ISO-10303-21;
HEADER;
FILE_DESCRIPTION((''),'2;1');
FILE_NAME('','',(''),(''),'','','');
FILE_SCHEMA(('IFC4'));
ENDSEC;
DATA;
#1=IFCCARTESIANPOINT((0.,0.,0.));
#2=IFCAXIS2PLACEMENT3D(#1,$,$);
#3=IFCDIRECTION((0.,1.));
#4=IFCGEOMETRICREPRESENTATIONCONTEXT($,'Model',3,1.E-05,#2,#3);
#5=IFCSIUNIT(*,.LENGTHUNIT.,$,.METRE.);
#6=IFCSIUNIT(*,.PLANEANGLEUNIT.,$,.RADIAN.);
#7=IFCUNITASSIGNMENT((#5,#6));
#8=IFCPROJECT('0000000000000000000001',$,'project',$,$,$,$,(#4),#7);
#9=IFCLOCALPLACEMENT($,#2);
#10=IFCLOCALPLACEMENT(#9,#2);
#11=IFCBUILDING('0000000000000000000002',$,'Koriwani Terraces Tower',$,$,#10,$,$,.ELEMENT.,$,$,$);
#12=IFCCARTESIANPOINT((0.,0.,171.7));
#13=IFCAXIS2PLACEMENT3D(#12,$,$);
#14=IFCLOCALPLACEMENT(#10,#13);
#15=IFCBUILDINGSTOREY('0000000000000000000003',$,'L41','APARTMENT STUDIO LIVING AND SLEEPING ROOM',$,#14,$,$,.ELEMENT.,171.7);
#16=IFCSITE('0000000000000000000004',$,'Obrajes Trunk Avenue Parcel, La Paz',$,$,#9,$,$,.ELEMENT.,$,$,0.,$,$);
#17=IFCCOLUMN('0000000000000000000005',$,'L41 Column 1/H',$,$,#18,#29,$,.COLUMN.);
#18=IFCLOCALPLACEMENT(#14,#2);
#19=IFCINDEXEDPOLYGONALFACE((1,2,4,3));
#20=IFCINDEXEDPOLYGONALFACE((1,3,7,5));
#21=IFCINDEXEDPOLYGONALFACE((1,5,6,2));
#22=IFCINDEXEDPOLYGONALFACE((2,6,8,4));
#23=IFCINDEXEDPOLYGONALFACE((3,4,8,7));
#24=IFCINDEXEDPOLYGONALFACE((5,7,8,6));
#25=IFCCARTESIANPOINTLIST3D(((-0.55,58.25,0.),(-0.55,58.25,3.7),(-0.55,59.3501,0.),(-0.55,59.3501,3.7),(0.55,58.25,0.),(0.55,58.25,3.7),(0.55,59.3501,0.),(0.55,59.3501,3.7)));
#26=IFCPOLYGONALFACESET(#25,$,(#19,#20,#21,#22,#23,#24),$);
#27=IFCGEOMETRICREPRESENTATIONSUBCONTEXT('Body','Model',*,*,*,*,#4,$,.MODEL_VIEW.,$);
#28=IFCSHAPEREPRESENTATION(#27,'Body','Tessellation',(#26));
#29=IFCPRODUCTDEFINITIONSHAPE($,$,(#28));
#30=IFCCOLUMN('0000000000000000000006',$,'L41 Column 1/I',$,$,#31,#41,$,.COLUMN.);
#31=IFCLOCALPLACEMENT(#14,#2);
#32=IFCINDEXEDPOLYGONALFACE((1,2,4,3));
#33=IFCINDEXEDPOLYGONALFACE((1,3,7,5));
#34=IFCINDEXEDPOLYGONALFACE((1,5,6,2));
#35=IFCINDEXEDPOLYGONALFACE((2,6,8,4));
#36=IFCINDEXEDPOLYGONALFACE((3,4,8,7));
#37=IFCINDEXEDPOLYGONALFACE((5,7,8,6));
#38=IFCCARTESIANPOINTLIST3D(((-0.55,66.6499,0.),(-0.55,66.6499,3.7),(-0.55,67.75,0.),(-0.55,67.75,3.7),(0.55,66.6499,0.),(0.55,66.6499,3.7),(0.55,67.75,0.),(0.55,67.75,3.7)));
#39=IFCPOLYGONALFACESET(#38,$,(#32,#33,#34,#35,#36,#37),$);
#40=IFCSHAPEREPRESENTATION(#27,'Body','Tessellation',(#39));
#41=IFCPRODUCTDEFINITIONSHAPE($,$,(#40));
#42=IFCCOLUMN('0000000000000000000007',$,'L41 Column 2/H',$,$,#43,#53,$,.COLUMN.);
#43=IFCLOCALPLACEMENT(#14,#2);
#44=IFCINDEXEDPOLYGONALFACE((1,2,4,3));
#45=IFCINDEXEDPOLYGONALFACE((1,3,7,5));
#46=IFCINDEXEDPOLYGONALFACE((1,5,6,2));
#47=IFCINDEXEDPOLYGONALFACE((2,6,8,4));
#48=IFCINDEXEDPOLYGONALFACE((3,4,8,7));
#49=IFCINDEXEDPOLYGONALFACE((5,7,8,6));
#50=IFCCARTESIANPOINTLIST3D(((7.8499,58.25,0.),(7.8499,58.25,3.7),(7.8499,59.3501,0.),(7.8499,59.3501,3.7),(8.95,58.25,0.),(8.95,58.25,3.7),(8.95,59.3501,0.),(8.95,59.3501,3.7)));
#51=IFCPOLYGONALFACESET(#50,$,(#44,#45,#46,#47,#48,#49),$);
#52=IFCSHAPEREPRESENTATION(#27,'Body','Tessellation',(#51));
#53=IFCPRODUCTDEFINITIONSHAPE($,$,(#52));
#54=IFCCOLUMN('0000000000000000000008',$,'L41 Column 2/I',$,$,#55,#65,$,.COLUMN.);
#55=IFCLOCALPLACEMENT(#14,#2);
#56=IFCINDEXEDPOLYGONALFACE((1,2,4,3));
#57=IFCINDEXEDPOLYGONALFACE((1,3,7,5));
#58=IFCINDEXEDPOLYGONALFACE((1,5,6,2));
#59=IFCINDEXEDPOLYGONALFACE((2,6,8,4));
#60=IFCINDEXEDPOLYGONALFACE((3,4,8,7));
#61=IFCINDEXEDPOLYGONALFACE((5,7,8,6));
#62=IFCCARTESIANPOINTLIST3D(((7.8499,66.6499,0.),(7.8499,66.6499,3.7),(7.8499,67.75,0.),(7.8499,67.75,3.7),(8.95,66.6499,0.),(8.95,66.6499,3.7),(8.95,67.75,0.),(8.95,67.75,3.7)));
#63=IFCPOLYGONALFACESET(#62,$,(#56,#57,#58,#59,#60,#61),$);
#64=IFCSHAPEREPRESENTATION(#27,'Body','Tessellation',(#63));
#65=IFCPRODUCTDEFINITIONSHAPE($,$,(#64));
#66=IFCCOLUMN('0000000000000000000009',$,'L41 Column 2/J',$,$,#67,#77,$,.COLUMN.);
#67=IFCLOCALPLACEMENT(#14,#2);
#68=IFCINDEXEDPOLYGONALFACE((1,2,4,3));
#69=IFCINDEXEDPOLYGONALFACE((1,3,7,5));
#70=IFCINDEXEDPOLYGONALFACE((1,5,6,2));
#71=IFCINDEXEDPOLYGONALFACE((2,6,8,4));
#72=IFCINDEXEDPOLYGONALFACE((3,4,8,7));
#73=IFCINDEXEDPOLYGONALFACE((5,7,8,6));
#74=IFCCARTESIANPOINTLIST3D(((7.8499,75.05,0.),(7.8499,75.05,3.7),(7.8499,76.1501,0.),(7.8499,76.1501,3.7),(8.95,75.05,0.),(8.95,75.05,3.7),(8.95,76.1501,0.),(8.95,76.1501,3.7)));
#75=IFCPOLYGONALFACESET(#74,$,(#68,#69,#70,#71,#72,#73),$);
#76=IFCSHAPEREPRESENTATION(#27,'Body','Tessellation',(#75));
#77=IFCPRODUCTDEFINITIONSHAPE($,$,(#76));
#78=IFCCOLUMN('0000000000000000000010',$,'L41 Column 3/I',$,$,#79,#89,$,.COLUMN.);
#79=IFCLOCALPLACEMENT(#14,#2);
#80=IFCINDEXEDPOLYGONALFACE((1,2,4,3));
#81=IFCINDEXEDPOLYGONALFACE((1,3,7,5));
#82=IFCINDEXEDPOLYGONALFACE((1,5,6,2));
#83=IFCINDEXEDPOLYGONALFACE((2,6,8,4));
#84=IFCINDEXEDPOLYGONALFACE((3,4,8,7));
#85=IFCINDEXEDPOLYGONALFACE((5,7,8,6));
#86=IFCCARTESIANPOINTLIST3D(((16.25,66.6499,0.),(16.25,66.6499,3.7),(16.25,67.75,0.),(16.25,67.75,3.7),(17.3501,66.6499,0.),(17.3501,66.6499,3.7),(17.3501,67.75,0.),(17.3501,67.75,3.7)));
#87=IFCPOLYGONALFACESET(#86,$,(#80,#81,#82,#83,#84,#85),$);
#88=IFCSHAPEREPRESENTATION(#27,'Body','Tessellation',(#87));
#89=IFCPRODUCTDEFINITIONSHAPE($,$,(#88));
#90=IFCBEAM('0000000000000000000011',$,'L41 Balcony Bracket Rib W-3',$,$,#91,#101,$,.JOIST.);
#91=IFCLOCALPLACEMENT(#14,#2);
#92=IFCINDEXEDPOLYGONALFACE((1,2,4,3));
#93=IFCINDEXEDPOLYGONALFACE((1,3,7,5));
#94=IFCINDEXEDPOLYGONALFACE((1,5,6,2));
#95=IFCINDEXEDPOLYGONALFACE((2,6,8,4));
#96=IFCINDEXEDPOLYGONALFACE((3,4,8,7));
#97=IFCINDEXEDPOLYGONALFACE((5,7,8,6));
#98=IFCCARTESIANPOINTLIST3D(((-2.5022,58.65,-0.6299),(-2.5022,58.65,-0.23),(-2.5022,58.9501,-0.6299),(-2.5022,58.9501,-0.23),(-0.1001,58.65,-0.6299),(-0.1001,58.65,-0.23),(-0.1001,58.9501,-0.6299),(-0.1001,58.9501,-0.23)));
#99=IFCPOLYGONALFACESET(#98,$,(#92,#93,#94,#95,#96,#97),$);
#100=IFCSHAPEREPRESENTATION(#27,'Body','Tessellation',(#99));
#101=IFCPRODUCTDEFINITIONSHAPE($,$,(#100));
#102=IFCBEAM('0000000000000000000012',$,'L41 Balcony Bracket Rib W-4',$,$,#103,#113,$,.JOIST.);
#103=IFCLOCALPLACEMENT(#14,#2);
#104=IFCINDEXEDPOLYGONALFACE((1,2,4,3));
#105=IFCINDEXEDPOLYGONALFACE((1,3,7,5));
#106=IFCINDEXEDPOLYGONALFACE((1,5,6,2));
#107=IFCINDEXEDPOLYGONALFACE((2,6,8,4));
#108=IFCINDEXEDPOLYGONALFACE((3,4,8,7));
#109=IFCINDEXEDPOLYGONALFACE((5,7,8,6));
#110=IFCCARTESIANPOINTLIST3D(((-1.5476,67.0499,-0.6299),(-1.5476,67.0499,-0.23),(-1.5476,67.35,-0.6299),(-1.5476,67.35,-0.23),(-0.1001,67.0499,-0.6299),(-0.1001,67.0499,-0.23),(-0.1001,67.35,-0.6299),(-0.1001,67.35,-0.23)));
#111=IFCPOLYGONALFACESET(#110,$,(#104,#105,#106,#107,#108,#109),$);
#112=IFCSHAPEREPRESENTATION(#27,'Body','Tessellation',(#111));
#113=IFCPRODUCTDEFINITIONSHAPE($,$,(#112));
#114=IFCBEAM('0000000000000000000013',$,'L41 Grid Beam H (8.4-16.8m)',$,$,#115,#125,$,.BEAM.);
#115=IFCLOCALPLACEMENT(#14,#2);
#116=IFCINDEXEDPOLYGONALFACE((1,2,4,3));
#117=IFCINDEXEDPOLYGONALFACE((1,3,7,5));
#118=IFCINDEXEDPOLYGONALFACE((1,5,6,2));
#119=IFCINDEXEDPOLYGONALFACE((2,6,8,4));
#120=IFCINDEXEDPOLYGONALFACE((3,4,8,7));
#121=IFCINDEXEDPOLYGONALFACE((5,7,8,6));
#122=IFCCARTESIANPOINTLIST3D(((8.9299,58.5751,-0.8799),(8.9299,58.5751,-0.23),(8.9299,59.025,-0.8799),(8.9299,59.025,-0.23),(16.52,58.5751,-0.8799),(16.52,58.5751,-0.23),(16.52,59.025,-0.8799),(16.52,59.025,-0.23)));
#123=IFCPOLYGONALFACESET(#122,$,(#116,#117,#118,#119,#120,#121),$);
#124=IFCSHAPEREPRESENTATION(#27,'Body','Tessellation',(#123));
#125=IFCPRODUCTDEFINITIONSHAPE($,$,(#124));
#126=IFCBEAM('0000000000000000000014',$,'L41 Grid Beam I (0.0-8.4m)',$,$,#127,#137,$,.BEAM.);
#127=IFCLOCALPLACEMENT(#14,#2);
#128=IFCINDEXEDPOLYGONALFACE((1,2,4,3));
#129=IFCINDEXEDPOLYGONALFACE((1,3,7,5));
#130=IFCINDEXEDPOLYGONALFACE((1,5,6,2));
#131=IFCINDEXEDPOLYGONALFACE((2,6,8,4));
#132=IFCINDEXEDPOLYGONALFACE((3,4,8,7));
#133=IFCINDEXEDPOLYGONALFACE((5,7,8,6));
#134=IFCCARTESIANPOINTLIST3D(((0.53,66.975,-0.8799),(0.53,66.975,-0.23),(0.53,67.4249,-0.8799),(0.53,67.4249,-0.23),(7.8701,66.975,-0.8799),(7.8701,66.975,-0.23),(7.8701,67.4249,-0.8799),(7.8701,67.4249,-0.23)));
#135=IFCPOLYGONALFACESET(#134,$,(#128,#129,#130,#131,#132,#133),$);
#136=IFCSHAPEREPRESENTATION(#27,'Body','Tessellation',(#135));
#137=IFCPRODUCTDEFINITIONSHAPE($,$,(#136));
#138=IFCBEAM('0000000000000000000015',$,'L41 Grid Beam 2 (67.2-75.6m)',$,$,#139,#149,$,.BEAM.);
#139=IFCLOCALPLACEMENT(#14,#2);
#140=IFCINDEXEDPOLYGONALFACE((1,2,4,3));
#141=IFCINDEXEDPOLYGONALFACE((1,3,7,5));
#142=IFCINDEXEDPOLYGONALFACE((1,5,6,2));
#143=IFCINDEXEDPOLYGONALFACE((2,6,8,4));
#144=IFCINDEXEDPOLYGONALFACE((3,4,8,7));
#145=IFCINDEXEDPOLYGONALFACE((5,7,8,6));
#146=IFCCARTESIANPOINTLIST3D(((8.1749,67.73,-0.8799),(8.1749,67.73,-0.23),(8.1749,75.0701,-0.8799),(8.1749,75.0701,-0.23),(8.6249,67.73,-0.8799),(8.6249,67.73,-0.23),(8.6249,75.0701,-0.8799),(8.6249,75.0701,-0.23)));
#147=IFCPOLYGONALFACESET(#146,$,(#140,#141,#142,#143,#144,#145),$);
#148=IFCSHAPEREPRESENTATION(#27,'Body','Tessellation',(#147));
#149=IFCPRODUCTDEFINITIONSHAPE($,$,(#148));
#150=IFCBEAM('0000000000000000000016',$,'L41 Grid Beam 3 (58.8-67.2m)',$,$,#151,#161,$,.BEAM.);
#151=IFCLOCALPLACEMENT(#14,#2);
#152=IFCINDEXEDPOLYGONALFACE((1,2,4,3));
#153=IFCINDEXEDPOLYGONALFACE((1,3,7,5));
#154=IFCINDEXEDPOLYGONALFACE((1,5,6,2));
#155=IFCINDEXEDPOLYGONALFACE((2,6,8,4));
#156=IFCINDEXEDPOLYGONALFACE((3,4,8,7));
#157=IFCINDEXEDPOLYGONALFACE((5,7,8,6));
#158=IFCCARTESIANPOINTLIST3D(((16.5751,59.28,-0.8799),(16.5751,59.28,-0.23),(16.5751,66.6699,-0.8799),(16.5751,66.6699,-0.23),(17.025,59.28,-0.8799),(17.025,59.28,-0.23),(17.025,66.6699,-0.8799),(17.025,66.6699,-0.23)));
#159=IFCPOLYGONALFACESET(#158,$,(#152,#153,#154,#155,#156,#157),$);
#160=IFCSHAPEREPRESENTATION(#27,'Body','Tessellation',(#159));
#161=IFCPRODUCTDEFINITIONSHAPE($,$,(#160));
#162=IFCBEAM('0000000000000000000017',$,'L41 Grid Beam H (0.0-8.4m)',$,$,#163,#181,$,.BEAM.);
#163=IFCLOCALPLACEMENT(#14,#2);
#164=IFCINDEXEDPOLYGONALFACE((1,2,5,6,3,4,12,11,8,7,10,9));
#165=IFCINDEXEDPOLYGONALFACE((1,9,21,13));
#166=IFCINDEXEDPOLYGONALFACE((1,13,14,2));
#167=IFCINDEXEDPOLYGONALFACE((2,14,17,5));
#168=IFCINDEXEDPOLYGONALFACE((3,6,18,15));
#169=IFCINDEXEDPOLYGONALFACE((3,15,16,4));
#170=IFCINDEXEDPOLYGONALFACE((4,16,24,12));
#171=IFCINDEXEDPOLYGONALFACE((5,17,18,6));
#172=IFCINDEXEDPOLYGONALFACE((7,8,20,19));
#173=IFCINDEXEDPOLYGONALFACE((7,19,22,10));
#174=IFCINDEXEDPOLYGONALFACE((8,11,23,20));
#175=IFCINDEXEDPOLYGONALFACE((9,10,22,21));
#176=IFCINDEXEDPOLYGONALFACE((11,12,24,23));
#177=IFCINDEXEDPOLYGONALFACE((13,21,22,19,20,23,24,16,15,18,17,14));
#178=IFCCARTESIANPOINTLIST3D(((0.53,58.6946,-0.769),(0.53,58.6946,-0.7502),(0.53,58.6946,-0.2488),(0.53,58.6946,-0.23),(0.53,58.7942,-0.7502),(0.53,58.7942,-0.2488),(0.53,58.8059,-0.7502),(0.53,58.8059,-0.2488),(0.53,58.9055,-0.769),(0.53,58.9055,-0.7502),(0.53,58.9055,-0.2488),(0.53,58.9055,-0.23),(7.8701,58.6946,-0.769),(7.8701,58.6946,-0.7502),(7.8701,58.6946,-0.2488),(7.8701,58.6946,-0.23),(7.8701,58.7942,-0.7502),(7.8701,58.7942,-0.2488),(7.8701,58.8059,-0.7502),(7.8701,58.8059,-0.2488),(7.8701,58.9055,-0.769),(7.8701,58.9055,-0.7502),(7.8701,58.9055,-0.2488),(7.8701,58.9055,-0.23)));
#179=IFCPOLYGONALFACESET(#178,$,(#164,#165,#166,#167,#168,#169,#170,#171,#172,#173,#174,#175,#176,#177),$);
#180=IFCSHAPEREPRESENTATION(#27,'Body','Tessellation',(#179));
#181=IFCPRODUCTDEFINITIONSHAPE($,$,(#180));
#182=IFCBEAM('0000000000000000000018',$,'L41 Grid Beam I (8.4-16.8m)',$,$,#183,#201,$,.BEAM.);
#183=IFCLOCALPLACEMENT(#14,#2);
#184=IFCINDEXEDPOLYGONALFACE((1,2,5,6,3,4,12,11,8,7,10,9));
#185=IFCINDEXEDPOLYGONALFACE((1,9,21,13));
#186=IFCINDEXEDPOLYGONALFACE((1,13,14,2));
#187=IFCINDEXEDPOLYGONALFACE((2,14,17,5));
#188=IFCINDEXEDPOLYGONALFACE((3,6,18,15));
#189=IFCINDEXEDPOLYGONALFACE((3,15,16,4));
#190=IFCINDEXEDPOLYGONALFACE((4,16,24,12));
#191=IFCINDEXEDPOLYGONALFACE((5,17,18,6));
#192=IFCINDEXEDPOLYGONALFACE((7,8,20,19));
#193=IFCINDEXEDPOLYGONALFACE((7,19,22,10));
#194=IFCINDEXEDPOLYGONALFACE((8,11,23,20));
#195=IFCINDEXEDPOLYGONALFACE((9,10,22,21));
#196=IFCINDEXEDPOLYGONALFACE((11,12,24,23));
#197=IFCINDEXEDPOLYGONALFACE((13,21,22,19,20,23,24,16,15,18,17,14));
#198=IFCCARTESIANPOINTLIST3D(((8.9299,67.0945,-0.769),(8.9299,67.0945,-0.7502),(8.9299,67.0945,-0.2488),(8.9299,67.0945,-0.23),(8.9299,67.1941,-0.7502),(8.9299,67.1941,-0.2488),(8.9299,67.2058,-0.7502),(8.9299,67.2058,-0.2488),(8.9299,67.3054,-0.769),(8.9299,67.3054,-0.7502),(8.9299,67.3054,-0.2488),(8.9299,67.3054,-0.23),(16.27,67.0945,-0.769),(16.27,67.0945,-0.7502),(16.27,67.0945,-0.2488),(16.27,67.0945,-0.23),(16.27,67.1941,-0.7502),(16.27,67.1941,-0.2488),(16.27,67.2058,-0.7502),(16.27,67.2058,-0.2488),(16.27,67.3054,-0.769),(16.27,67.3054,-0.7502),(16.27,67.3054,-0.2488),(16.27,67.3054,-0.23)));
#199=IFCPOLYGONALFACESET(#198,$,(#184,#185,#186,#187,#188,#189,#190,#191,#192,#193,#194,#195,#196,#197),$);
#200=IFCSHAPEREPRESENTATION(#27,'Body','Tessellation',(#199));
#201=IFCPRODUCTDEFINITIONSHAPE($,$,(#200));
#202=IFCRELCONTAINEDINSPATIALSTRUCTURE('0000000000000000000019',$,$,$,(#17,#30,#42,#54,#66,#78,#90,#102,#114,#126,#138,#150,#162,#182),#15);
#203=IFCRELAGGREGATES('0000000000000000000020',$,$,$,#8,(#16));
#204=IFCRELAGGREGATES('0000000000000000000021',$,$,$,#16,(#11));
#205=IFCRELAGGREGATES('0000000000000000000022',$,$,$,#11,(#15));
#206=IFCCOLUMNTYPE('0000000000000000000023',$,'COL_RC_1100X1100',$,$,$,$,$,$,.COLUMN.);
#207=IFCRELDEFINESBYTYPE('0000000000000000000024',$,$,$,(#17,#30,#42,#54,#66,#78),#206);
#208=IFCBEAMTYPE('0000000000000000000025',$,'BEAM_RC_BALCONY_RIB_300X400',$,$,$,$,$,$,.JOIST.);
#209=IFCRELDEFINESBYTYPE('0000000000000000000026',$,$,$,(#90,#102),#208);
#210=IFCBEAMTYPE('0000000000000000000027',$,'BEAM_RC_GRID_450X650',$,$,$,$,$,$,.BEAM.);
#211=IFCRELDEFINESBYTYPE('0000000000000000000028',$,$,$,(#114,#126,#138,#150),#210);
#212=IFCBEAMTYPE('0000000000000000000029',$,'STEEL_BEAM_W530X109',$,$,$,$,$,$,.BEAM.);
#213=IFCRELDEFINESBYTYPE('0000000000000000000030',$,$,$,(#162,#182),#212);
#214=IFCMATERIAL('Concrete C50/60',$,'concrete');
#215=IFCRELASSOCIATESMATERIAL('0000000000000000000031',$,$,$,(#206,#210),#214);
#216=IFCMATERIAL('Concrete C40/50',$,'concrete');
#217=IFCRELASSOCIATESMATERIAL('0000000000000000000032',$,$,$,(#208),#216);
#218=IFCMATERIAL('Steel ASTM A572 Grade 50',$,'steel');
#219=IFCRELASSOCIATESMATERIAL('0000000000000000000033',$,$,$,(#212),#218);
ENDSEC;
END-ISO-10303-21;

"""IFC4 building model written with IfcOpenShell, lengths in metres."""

from ifc_helpers import new_model, si_unit, direction, frame, origin, origin_2d, place, context, subcontext, project, spatial, rectangle, i_section, extrude, material, material_profile, profile_set, type_object, element, save


model = new_model("IFC4")

# Units and contexts
model_context = context("Model", 3, precision=1e-05, world=origin(), true_north=direction((0.0, 1.0)))
body_context = subcontext(model_context, "Body", "Model", "MODEL_VIEW")
ifc_project = project(units=[si_unit("LENGTHUNIT", "METRE"), si_unit("PLANEANGLEUNIT", "RADIAN")], contexts=[model_context])

# Site, building, storey
site_placement = place(None, origin())
site = spatial("IfcSite", under=ifc_project, at=site_placement, Name="Obrajes Trunk Avenue Parcel, La Paz", CompositionType="ELEMENT", RefElevation=0.0)
building_placement = place(site_placement, origin())
building = spatial("IfcBuilding", under=site, at=building_placement, Name="Koriwani Terraces Tower", CompositionType="ELEMENT")
storey_placement = place(building_placement, frame((0.0, 0.0, 171.7)))
storey = spatial("IfcBuildingStorey", under=building, at=storey_placement, Name="L41", Description="APARTMENT STUDIO LIVING AND SLEEPING ROOM", CompositionType="ELEMENT", Elevation=171.7)

# Columns
ifc_material_1 = material(Name="Concrete C50/60", Category="concrete")
ifc_material_profile_1 = material_profile(ifc_material_1, rectangle(XDim=1.1001, YDim=1.1001, at=origin_2d()), Name="Concrete C50/60", Category="LoadBearing")
ifc_profile_set_1 = profile_set([ifc_material_profile_1], Name="Concrete C50/60")
column_type = type_object("IfcColumnType", Name="COL_RC_1100X1100", PredefinedType="COLUMN", material=ifc_profile_set_1)
for number, where, z_axis, x_axis, name in (
    (1, (0.0, 58.8, 0.0), (0.0, 0.0, 1.0), (1.0, 0.0, 0.0), "L41 Column 1/H"),
    (2, (0.0, 67.2, 0.0), (0.0, 0.0, 1.0), (1.0, 0.0, 0.0), "L41 Column 1/I"),
    (3, (8.3999, 58.8, 0.0), (0.0, 0.0, 1.0), (1.0, 0.0, 0.0), "L41 Column 2/H"),
    (4, (8.3999, 67.2, 0.0), (0.0, 0.0, 1.0), (1.0, 0.0, 0.0), "L41 Column 2/I"),
    (5, (8.3999, 75.6001, 0.0), (0.0, 0.0, 1.0), (1.0, 0.0, 0.0), "L41 Column 2/J"),
    (6, (16.8, 67.2, 0.0), (0.0, 0.0, 1.0), (1.0, 0.0, 0.0), "L41 Column 3/I"),
):
    element("IfcColumn", number, at=place(storey_placement, frame(where, z_axis=z_axis, x_axis=x_axis)), inside=storey, type_object=column_type, Name=name, PredefinedType="COLUMN", context=body_context, shape_type="SweptSolid", body=[
        extrude(rectangle(XDim=1.1001, YDim=1.1001, at=origin_2d()), origin(), (0.0, 0.0, 1.0), 3.7),
    ])

# Beams
ifc_material_2 = material(Name="Concrete C40/50", Category="concrete")
ifc_material_profile_2 = material_profile(ifc_material_2, rectangle(XDim=0.3, YDim=0.3999, at=origin_2d()), Name="Concrete C40/50", Category="LoadBearing")
ifc_profile_set_2 = profile_set([ifc_material_profile_2], Name="Concrete C40/50")
beam_type_1 = type_object("IfcBeamType", Name="BEAM_RC_BALCONY_RIB_300X400", PredefinedType="JOIST", material=ifc_profile_set_2)
beam_1_placement = place(storey_placement, frame((-2.5022, 58.8, -0.4299), z_axis=(1.0, 0.0, 0.0), x_axis=(0.0, 1.0, 0.0)))
element("IfcBeam", 7, at=beam_1_placement, inside=storey, type_object=beam_type_1, Name="L41 Balcony Bracket Rib W-3", PredefinedType="JOIST", context=body_context, shape_type="SweptSolid", body=[
    extrude(rectangle(XDim=0.3, YDim=0.3999, at=origin_2d()), origin(), (0.0, 0.0, 1.0), 2.4021),
])
beam_2_placement = place(storey_placement, frame((-1.5476, 67.2, -0.4299), z_axis=(1.0, 0.0, 0.0), x_axis=(0.0, 1.0, 0.0)))
element("IfcBeam", 8, at=beam_2_placement, inside=storey, type_object=beam_type_1, Name="L41 Balcony Bracket Rib W-4", PredefinedType="JOIST", context=body_context, shape_type="SweptSolid", body=[
    extrude(rectangle(XDim=0.3, YDim=0.3999, at=origin_2d()), origin(), (0.0, 0.0, 1.0), 1.4475),
])
ifc_material_profile_3 = material_profile(ifc_material_1, rectangle(XDim=0.45, YDim=0.6499, at=origin_2d()), Name="Concrete C50/60", Category="LoadBearing")
ifc_profile_set_3 = profile_set([ifc_material_profile_3], Name="Concrete C50/60")
beam_type_2 = type_object("IfcBeamType", Name="BEAM_RC_GRID_450X650", PredefinedType="BEAM", material=ifc_profile_set_3)
beam_3_placement = place(storey_placement, frame((8.9299, 58.8, -0.5549), z_axis=(1.0, 0.0, 0.0), x_axis=(0.0, 1.0, 0.0)))
element("IfcBeam", 9, at=beam_3_placement, inside=storey, type_object=beam_type_2, Name="L41 Grid Beam H (8.4-16.8m)", PredefinedType="BEAM", context=body_context, shape_type="SweptSolid", body=[
    extrude(rectangle(XDim=0.45, YDim=0.6499, at=origin_2d()), origin(), (0.0, 0.0, 1.0), 7.5901),
])
for number, where, z_axis, x_axis, name in (
    (10, (0.53, 67.2, -0.5549), (1.0, 0.0, 0.0), (0.0, 1.0, 0.0), "L41 Grid Beam I (0.0-8.4m)"),
    (11, (8.3999, 67.73, -0.5549), (0.0, 1.0, 0.0), (-1.0, 0.0, 0.0), "L41 Grid Beam 2 (67.2-75.6m)"),
):
    element("IfcBeam", number, at=place(storey_placement, frame(where, z_axis=z_axis, x_axis=x_axis)), inside=storey, type_object=beam_type_2, Name=name, PredefinedType="BEAM", context=body_context, shape_type="SweptSolid", body=[
        extrude(rectangle(XDim=0.45, YDim=0.6499, at=origin_2d()), origin(), (0.0, 0.0, 1.0), 7.3401),
    ])
beam_4_placement = place(storey_placement, frame((16.8, 59.28, -0.5549), z_axis=(0.0, 1.0, 0.0), x_axis=(-1.0, 0.0, 0.0)))
element("IfcBeam", 12, at=beam_4_placement, inside=storey, type_object=beam_type_2, Name="L41 Grid Beam 3 (58.8-67.2m)", PredefinedType="BEAM", context=body_context, shape_type="SweptSolid", body=[
    extrude(rectangle(XDim=0.45, YDim=0.6499, at=origin_2d()), origin(), (0.0, 0.0, 1.0), 7.3899),
])
ifc_material_3 = material(Name="Steel ASTM A572 Grade 50", Category="steel")
ifc_material_profile_4 = material_profile(ifc_material_3, i_section(OverallWidth=0.2109, OverallDepth=0.5391, WebThickness=0.0117, FlangeThickness=0.0188, at=origin_2d()), Name="Steel ASTM A572 Grade 50", Category="LoadBearing")
ifc_profile_set_4 = profile_set([ifc_material_profile_4], Name="Steel ASTM A572 Grade 50")
beam_type_3 = type_object("IfcBeamType", Name="STEEL_BEAM_W530X109", PredefinedType="BEAM", material=ifc_profile_set_4)
for number, where, z_axis, x_axis, name in (
    (13, (0.53, 58.8, -0.4995), (1.0, 0.0, 0.0), (0.0, 1.0, 0.0), "L41 Grid Beam H (0.0-8.4m)"),
    (14, (8.9299, 67.2, -0.4995), (1.0, 0.0, 0.0), (0.0, 1.0, 0.0), "L41 Grid Beam I (8.4-16.8m)"),
):
    element("IfcBeam", number, at=place(storey_placement, frame(where, z_axis=z_axis, x_axis=x_axis)), inside=storey, type_object=beam_type_3, Name=name, PredefinedType="BEAM", context=body_context, shape_type="SweptSolid", body=[
        extrude(i_section(OverallWidth=0.2109, OverallDepth=0.5391, WebThickness=0.0117, FlangeThickness=0.0188, at=origin_2d()), origin(), (0.0, 0.0, 1.0), 7.3401),
    ])

save(model, "model.ifc")
